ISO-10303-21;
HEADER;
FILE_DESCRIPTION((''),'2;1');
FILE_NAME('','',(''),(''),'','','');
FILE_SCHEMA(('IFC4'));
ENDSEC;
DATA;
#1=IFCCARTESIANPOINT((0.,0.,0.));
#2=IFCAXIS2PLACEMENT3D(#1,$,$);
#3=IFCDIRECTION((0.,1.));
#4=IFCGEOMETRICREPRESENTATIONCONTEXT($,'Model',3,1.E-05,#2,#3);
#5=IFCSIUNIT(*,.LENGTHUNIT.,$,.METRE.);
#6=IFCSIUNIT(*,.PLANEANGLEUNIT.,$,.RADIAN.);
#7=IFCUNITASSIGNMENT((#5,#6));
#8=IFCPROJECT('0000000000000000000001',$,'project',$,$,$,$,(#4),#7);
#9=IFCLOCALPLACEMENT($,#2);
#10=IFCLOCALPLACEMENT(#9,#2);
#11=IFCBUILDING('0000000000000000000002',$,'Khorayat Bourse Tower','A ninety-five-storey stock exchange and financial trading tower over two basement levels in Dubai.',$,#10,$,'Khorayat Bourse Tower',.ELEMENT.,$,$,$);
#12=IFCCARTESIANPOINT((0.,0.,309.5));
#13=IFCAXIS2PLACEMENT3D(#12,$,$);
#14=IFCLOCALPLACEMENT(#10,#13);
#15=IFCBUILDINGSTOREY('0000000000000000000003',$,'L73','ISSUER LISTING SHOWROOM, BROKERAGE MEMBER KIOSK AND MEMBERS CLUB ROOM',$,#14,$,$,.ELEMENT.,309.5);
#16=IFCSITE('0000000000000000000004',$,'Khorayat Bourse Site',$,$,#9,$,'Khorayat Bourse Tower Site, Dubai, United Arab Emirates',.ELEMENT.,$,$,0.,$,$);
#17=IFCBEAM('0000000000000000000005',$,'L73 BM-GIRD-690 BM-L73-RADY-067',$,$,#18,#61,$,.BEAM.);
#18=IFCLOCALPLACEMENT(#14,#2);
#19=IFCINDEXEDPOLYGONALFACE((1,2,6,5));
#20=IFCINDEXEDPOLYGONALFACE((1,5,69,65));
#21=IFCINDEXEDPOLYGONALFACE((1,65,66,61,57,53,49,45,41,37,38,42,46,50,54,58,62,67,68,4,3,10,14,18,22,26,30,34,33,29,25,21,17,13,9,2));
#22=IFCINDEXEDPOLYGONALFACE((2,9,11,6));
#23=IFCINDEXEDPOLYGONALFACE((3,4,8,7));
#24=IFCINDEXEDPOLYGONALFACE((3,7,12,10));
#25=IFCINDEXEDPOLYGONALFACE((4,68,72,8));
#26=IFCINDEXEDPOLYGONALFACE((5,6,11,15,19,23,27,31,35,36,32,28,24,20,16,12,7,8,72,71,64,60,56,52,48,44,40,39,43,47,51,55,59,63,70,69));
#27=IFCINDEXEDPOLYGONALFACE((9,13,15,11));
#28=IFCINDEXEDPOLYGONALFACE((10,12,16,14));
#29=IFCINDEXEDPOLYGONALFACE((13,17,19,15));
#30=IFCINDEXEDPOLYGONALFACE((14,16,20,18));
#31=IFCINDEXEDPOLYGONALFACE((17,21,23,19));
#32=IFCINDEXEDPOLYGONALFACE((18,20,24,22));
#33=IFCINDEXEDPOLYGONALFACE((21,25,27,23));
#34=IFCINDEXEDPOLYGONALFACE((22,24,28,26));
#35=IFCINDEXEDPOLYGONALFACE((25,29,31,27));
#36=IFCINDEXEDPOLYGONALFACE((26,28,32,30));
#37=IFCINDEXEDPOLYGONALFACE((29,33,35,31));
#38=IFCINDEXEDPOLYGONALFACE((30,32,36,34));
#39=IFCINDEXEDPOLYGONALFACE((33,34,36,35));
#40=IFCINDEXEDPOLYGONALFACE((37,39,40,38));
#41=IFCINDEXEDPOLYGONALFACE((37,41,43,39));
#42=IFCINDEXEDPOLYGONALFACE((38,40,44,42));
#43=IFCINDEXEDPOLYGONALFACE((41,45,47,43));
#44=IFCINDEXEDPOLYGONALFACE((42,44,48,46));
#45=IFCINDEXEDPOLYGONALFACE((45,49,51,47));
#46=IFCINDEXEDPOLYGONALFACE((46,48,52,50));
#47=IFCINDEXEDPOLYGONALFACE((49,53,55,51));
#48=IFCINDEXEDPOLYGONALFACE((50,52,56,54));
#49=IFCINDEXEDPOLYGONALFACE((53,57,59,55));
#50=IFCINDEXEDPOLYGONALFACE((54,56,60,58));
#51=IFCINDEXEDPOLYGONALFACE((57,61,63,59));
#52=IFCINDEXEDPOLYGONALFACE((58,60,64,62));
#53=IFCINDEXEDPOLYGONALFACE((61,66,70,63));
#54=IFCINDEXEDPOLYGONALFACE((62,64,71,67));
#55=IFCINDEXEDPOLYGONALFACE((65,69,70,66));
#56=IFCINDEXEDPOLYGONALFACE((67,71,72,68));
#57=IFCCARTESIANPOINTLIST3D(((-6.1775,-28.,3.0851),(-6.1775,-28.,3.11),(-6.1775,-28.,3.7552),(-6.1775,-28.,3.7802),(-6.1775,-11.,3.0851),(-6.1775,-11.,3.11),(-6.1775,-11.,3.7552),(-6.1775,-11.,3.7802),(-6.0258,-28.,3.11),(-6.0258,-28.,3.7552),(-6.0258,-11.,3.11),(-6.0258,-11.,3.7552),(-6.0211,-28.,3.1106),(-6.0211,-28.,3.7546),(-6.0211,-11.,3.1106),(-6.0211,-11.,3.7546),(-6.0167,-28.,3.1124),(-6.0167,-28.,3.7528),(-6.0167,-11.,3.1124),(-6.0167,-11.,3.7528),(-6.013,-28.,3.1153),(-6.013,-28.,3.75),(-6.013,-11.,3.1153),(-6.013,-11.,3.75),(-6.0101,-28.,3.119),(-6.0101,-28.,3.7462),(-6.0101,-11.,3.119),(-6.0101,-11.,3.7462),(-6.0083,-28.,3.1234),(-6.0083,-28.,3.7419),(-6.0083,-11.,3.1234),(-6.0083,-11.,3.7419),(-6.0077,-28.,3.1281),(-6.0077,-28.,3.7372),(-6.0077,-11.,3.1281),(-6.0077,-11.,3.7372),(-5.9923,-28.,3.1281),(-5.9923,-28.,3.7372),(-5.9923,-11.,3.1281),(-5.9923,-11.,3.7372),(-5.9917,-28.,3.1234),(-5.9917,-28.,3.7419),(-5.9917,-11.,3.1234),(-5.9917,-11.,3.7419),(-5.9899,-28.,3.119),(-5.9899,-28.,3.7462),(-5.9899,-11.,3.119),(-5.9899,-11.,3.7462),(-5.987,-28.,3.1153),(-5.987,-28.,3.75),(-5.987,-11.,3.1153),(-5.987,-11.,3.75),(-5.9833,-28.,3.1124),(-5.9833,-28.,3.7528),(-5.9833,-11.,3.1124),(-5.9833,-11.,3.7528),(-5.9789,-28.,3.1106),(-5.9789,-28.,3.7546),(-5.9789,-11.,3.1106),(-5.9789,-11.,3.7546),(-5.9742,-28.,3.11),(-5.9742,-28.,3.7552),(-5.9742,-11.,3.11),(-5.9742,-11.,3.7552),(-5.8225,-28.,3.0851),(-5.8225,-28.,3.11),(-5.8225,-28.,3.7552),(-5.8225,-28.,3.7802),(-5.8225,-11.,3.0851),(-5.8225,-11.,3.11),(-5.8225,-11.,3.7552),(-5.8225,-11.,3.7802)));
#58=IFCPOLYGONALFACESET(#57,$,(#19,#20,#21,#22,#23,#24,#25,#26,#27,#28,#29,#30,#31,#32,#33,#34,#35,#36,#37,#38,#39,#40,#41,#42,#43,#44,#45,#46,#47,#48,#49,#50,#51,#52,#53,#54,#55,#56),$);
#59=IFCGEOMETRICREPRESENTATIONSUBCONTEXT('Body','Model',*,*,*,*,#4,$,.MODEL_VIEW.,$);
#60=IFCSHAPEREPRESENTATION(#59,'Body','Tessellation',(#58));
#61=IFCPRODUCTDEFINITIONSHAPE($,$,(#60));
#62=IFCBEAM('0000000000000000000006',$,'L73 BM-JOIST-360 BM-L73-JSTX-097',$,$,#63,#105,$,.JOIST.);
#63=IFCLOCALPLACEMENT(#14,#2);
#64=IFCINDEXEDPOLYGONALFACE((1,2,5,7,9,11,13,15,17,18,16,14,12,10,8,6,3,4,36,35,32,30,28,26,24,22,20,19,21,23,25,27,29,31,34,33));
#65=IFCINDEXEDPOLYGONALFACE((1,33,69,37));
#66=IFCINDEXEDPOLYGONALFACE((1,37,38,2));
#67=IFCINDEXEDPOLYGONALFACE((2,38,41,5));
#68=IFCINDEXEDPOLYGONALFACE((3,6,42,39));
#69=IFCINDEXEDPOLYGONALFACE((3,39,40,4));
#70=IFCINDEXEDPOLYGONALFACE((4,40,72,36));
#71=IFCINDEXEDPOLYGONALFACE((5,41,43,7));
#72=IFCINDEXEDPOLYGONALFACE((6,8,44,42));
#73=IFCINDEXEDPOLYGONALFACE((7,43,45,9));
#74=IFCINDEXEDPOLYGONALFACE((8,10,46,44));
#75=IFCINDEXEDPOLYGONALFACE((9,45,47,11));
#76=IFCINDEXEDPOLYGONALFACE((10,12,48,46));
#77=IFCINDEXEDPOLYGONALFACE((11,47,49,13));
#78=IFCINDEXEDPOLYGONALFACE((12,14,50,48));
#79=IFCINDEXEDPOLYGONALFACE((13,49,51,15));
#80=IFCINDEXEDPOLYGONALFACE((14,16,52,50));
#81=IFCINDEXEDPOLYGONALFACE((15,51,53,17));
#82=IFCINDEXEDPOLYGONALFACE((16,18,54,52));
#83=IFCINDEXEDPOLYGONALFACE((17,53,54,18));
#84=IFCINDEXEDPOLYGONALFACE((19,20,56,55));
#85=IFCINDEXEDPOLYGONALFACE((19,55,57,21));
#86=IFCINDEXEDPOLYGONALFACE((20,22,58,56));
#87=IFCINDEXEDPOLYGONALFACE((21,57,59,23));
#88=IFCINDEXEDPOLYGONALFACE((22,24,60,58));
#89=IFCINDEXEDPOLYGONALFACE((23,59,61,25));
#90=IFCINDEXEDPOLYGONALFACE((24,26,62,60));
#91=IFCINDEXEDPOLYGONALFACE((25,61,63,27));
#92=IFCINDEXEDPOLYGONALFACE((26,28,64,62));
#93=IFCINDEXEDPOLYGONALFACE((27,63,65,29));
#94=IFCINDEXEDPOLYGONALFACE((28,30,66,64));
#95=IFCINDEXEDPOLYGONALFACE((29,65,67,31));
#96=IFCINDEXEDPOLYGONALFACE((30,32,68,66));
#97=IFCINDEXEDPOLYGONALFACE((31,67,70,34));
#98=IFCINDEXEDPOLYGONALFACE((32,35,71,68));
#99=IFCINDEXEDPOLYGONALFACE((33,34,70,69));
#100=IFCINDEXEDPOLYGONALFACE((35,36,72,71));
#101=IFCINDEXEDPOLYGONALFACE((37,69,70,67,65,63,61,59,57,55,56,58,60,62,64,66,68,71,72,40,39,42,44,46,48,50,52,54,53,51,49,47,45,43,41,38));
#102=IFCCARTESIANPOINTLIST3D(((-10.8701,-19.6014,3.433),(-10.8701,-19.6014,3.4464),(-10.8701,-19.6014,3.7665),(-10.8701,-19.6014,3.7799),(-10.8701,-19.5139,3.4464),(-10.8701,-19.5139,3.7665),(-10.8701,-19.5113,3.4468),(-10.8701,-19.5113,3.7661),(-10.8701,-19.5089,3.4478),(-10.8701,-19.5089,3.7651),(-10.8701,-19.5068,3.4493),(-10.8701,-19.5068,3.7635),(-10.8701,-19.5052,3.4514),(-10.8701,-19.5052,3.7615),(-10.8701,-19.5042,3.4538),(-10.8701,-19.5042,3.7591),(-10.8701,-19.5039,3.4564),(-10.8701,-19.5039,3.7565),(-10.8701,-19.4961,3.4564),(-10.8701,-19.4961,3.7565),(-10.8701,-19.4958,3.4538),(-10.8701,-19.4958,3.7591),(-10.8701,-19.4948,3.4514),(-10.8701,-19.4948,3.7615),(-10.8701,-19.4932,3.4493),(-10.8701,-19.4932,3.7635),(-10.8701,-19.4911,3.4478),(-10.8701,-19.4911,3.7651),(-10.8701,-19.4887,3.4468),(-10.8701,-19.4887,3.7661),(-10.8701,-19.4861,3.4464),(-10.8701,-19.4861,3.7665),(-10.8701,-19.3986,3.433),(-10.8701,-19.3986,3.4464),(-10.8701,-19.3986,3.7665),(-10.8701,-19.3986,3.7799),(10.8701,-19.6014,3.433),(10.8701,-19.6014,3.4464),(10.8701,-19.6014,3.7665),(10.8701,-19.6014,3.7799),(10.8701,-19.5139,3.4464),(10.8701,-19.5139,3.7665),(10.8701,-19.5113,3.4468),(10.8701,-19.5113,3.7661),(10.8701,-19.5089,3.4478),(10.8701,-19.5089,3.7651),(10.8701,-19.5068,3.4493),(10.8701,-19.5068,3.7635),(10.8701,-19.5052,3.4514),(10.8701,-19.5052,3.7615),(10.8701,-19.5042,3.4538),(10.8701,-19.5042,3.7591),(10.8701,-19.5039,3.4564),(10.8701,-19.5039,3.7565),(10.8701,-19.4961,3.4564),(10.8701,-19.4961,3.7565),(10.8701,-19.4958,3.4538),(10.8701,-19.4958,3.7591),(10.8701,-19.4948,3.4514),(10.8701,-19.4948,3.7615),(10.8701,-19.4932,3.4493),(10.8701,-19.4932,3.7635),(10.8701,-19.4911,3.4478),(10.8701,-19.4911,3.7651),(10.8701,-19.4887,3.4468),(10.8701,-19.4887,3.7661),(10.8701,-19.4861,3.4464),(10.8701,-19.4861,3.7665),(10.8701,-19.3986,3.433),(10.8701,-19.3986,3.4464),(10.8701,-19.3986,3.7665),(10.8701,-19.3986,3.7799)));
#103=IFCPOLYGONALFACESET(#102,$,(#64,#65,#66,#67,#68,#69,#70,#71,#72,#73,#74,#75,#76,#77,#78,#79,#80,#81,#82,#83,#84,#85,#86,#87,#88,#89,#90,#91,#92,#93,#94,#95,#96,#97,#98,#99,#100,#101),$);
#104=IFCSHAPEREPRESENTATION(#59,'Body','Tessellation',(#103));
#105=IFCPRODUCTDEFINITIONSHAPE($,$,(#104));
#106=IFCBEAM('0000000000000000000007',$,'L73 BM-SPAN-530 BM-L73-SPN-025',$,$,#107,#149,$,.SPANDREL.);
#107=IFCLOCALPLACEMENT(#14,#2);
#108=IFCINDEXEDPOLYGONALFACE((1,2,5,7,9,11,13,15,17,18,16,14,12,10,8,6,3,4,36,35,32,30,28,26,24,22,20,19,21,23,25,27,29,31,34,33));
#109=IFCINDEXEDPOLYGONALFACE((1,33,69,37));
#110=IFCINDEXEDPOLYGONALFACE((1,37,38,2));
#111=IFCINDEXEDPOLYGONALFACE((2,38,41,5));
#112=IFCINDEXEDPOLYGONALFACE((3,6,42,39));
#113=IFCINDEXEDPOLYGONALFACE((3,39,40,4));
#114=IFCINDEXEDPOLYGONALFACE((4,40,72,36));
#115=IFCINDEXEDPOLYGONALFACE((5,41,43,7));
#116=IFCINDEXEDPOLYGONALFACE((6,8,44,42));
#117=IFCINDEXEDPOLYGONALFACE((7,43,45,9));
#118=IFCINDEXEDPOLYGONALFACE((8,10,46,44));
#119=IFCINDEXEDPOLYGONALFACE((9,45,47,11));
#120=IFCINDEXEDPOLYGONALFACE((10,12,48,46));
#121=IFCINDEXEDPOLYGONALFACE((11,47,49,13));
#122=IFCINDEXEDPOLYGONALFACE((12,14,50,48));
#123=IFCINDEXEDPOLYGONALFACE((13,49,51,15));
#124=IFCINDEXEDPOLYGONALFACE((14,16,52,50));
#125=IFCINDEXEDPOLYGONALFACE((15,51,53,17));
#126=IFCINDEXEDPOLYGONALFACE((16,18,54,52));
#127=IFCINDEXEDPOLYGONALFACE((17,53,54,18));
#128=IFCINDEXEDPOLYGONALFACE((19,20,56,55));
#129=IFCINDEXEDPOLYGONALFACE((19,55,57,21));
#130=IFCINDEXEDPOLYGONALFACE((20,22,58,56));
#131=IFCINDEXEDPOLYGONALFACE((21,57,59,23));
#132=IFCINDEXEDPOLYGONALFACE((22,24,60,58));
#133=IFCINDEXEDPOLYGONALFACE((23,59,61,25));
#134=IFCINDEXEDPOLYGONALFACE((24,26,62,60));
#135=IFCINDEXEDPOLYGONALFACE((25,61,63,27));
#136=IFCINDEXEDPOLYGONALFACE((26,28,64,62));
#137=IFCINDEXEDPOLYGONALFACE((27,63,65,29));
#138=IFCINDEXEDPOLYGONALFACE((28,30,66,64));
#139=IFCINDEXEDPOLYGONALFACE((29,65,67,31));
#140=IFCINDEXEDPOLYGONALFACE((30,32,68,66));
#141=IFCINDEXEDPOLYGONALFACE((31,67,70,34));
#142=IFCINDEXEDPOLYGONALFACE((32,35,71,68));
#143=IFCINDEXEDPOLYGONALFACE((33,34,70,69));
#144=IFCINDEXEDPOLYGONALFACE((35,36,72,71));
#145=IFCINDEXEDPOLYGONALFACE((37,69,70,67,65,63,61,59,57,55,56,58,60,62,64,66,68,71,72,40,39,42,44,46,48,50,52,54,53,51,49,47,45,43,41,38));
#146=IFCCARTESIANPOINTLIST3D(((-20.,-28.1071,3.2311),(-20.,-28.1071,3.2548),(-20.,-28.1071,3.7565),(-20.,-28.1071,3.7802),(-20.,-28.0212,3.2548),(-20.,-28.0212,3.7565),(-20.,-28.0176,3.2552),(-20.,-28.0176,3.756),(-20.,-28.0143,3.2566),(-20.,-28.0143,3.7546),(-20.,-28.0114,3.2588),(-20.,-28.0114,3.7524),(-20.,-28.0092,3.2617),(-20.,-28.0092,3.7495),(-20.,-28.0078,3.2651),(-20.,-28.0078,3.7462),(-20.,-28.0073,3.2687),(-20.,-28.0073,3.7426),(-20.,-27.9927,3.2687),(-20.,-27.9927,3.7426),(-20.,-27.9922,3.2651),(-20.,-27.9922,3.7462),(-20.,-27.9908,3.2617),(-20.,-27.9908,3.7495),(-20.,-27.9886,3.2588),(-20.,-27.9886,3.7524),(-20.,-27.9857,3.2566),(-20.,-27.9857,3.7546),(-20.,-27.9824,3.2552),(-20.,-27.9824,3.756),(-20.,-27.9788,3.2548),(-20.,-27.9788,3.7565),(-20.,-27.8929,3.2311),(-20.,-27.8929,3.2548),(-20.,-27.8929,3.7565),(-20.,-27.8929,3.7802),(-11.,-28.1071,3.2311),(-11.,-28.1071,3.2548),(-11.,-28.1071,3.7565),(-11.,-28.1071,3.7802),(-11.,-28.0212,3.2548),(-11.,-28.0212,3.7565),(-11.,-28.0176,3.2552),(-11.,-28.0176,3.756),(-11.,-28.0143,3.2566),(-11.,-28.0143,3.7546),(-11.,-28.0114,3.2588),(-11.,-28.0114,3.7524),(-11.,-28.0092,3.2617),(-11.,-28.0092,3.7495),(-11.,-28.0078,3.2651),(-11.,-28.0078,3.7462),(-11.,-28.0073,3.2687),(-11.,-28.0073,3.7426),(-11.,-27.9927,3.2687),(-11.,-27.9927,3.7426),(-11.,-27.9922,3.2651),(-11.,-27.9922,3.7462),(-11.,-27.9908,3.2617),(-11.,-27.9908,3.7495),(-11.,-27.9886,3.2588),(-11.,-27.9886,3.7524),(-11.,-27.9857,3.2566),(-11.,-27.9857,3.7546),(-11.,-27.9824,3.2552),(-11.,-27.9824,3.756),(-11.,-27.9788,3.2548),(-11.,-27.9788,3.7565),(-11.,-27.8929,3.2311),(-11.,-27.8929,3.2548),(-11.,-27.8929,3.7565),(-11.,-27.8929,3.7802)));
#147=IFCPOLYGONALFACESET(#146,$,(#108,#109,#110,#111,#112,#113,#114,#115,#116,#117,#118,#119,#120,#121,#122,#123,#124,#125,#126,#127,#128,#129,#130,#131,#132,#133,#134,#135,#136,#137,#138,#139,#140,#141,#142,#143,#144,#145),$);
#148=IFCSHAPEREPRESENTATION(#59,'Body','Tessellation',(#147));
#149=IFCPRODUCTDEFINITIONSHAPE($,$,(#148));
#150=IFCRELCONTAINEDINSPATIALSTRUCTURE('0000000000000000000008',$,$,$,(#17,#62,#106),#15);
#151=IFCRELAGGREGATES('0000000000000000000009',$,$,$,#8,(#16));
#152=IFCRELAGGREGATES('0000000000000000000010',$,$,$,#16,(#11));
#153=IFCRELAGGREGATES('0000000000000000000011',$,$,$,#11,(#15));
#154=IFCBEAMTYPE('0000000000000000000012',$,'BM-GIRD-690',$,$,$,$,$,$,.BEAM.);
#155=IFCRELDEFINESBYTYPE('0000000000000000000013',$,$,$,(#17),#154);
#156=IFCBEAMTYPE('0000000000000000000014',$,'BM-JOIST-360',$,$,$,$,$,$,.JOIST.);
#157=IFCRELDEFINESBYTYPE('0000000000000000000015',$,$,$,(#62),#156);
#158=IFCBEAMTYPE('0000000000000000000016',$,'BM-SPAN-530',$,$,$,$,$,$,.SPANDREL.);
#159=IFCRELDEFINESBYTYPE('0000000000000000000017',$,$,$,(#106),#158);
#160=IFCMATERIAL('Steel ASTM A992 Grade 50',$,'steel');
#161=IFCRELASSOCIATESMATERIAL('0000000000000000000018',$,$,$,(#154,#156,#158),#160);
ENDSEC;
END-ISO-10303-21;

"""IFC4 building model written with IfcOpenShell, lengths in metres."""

from ifc_helpers import new_model, si_unit, direction, frame, origin, origin_2d, place, context, subcontext, project, spatial, i_section, extrude, source, transform, mapped, material, material_profile, profile_set, type_object, element, save


model = new_model("IFC4")

# Units and contexts
model_context = context("Model", 3, precision=1e-05, world=origin(), true_north=direction((0.0, 1.0)))
body_context = subcontext(model_context, "Body", "Model", "MODEL_VIEW")
ifc_project = project(units=[si_unit("LENGTHUNIT", "METRE"), si_unit("PLANEANGLEUNIT", "RADIAN")], contexts=[model_context])

# Site, building, storey
site_placement = place(None, origin())
site = spatial("IfcSite", under=ifc_project, at=site_placement, Name="Khorayat Bourse Site", LongName="Khorayat Bourse Tower Site, Dubai, United Arab Emirates", CompositionType="ELEMENT", RefElevation=0.0)
building_placement = place(site_placement, origin())
building = spatial("IfcBuilding", under=site, at=building_placement, Name="Khorayat Bourse Tower", Description="A ninety-five-storey stock exchange and financial trading tower over two basement levels in Dubai.", LongName="Khorayat Bourse Tower", CompositionType="ELEMENT")
storey_placement = place(building_placement, frame((0.0, 0.0, 309.5)))
storey = spatial("IfcBuildingStorey", under=building, at=storey_placement, Name="L73", Description="ISSUER LISTING SHOWROOM, BROKERAGE MEMBER KIOSK AND MEMBERS CLUB ROOM", CompositionType="ELEMENT", Elevation=309.5)

# Shared definitions
ifc_material_1 = material(Name="Steel ASTM A992 Grade 50", Category="steel")

# Beams
ifc_material_profile_1 = material_profile(ifc_material_1, i_section(OverallWidth=0.355, OverallDepth=0.6951, WebThickness=0.0154, FlangeThickness=0.0249, FilletRadius=0.0181, at=origin_2d()), Name="W690X217")
ifc_profile_set_1 = profile_set([ifc_material_profile_1], Name="Steel ASTM A992 Grade 50")
beam_type_1 = type_object("IfcBeamType", Name="BM-GIRD-690", PredefinedType="BEAM", material=ifc_profile_set_1)
shared_shape_1 = source(origin(), body_context, "Body", "SweptSolid", [
    extrude(i_section(OverallWidth=0.355, OverallDepth=0.6951, WebThickness=0.0154, FlangeThickness=0.0249, FilletRadius=0.0181, at=origin_2d()), origin(), (0.0, 0.0, 1.0), 17.0),
])
for number, where, z_axis, x_axis, name in (
    (1, (-6.0, -28.0, 3.4326), (0.0, 1.0, 0.0), (-1.0, 0.0, 0.0), "L73 BM-GIRD-690 BM-L73-RADY-067"),
):
    element("IfcBeam", number, at=place(storey_placement, frame(where, z_axis=z_axis, x_axis=x_axis)), inside=storey, type_object=beam_type_1, Name=name, PredefinedType="BEAM", context=body_context, shape_type="MappedRepresentation", body=[
        mapped(shared_shape_1, transform((0.0, 0.0, 0.0), scale=1.0)),
    ])
ifc_material_profile_2 = material_profile(ifc_material_1, i_section(OverallWidth=0.2029, OverallDepth=0.3469, WebThickness=0.0078, FlangeThickness=0.0134, FilletRadius=0.01, at=origin_2d()), Name="W360X64")
ifc_profile_set_2 = profile_set([ifc_material_profile_2], Name="Steel ASTM A992 Grade 50")
beam_type_2 = type_object("IfcBeamType", Name="BM-JOIST-360", PredefinedType="JOIST", material=ifc_profile_set_2)
shared_shape_2 = source(origin(), body_context, "Body", "SweptSolid", [
    extrude(i_section(OverallWidth=0.2029, OverallDepth=0.3469, WebThickness=0.0078, FlangeThickness=0.0134, FilletRadius=0.01, at=origin_2d()), origin(), (0.0, 0.0, 1.0), 21.7402),
])
beam_1_placement = place(storey_placement, frame((-10.8701, -19.5, 3.6064), z_axis=(1.0, 0.0, 0.0), x_axis=(0.0, 1.0, 0.0)))
element("IfcBeam", 2, at=beam_1_placement, inside=storey, type_object=beam_type_2, Name="L73 BM-JOIST-360 BM-L73-JSTX-097", PredefinedType="JOIST", context=body_context, shape_type="MappedRepresentation", body=[
    mapped(shared_shape_2, transform((0.0, 0.0, 0.0), scale=1.0)),
])
ifc_material_profile_3 = material_profile(ifc_material_1, i_section(OverallWidth=0.2141, OverallDepth=0.5491, WebThickness=0.0146, FlangeThickness=0.0237, FilletRadius=0.0139, at=origin_2d()), Name="W530X138")
ifc_profile_set_3 = profile_set([ifc_material_profile_3], Name="Steel ASTM A992 Grade 50")
beam_type_3 = type_object("IfcBeamType", Name="BM-SPAN-530", PredefinedType="SPANDREL", material=ifc_profile_set_3)
shared_shape_3 = source(origin(), body_context, "Body", "SweptSolid", [
    extrude(i_section(OverallWidth=0.2141, OverallDepth=0.5491, WebThickness=0.0146, FlangeThickness=0.0237, FilletRadius=0.0139, at=origin_2d()), origin(), (0.0, 0.0, 1.0), 9.0),
])
beam_2_placement = place(storey_placement, frame((-20.0, -28.0, 3.5056), z_axis=(1.0, 0.0, 0.0), x_axis=(0.0, 1.0, 0.0)))
element("IfcBeam", 3, at=beam_2_placement, inside=storey, type_object=beam_type_3, Name="L73 BM-SPAN-530 BM-L73-SPN-025", PredefinedType="SPANDREL", context=body_context, shape_type="MappedRepresentation", body=[
    mapped(shared_shape_3, transform((0.0, 0.0, 0.0), scale=1.0)),
])

save(model, "model.ifc")
